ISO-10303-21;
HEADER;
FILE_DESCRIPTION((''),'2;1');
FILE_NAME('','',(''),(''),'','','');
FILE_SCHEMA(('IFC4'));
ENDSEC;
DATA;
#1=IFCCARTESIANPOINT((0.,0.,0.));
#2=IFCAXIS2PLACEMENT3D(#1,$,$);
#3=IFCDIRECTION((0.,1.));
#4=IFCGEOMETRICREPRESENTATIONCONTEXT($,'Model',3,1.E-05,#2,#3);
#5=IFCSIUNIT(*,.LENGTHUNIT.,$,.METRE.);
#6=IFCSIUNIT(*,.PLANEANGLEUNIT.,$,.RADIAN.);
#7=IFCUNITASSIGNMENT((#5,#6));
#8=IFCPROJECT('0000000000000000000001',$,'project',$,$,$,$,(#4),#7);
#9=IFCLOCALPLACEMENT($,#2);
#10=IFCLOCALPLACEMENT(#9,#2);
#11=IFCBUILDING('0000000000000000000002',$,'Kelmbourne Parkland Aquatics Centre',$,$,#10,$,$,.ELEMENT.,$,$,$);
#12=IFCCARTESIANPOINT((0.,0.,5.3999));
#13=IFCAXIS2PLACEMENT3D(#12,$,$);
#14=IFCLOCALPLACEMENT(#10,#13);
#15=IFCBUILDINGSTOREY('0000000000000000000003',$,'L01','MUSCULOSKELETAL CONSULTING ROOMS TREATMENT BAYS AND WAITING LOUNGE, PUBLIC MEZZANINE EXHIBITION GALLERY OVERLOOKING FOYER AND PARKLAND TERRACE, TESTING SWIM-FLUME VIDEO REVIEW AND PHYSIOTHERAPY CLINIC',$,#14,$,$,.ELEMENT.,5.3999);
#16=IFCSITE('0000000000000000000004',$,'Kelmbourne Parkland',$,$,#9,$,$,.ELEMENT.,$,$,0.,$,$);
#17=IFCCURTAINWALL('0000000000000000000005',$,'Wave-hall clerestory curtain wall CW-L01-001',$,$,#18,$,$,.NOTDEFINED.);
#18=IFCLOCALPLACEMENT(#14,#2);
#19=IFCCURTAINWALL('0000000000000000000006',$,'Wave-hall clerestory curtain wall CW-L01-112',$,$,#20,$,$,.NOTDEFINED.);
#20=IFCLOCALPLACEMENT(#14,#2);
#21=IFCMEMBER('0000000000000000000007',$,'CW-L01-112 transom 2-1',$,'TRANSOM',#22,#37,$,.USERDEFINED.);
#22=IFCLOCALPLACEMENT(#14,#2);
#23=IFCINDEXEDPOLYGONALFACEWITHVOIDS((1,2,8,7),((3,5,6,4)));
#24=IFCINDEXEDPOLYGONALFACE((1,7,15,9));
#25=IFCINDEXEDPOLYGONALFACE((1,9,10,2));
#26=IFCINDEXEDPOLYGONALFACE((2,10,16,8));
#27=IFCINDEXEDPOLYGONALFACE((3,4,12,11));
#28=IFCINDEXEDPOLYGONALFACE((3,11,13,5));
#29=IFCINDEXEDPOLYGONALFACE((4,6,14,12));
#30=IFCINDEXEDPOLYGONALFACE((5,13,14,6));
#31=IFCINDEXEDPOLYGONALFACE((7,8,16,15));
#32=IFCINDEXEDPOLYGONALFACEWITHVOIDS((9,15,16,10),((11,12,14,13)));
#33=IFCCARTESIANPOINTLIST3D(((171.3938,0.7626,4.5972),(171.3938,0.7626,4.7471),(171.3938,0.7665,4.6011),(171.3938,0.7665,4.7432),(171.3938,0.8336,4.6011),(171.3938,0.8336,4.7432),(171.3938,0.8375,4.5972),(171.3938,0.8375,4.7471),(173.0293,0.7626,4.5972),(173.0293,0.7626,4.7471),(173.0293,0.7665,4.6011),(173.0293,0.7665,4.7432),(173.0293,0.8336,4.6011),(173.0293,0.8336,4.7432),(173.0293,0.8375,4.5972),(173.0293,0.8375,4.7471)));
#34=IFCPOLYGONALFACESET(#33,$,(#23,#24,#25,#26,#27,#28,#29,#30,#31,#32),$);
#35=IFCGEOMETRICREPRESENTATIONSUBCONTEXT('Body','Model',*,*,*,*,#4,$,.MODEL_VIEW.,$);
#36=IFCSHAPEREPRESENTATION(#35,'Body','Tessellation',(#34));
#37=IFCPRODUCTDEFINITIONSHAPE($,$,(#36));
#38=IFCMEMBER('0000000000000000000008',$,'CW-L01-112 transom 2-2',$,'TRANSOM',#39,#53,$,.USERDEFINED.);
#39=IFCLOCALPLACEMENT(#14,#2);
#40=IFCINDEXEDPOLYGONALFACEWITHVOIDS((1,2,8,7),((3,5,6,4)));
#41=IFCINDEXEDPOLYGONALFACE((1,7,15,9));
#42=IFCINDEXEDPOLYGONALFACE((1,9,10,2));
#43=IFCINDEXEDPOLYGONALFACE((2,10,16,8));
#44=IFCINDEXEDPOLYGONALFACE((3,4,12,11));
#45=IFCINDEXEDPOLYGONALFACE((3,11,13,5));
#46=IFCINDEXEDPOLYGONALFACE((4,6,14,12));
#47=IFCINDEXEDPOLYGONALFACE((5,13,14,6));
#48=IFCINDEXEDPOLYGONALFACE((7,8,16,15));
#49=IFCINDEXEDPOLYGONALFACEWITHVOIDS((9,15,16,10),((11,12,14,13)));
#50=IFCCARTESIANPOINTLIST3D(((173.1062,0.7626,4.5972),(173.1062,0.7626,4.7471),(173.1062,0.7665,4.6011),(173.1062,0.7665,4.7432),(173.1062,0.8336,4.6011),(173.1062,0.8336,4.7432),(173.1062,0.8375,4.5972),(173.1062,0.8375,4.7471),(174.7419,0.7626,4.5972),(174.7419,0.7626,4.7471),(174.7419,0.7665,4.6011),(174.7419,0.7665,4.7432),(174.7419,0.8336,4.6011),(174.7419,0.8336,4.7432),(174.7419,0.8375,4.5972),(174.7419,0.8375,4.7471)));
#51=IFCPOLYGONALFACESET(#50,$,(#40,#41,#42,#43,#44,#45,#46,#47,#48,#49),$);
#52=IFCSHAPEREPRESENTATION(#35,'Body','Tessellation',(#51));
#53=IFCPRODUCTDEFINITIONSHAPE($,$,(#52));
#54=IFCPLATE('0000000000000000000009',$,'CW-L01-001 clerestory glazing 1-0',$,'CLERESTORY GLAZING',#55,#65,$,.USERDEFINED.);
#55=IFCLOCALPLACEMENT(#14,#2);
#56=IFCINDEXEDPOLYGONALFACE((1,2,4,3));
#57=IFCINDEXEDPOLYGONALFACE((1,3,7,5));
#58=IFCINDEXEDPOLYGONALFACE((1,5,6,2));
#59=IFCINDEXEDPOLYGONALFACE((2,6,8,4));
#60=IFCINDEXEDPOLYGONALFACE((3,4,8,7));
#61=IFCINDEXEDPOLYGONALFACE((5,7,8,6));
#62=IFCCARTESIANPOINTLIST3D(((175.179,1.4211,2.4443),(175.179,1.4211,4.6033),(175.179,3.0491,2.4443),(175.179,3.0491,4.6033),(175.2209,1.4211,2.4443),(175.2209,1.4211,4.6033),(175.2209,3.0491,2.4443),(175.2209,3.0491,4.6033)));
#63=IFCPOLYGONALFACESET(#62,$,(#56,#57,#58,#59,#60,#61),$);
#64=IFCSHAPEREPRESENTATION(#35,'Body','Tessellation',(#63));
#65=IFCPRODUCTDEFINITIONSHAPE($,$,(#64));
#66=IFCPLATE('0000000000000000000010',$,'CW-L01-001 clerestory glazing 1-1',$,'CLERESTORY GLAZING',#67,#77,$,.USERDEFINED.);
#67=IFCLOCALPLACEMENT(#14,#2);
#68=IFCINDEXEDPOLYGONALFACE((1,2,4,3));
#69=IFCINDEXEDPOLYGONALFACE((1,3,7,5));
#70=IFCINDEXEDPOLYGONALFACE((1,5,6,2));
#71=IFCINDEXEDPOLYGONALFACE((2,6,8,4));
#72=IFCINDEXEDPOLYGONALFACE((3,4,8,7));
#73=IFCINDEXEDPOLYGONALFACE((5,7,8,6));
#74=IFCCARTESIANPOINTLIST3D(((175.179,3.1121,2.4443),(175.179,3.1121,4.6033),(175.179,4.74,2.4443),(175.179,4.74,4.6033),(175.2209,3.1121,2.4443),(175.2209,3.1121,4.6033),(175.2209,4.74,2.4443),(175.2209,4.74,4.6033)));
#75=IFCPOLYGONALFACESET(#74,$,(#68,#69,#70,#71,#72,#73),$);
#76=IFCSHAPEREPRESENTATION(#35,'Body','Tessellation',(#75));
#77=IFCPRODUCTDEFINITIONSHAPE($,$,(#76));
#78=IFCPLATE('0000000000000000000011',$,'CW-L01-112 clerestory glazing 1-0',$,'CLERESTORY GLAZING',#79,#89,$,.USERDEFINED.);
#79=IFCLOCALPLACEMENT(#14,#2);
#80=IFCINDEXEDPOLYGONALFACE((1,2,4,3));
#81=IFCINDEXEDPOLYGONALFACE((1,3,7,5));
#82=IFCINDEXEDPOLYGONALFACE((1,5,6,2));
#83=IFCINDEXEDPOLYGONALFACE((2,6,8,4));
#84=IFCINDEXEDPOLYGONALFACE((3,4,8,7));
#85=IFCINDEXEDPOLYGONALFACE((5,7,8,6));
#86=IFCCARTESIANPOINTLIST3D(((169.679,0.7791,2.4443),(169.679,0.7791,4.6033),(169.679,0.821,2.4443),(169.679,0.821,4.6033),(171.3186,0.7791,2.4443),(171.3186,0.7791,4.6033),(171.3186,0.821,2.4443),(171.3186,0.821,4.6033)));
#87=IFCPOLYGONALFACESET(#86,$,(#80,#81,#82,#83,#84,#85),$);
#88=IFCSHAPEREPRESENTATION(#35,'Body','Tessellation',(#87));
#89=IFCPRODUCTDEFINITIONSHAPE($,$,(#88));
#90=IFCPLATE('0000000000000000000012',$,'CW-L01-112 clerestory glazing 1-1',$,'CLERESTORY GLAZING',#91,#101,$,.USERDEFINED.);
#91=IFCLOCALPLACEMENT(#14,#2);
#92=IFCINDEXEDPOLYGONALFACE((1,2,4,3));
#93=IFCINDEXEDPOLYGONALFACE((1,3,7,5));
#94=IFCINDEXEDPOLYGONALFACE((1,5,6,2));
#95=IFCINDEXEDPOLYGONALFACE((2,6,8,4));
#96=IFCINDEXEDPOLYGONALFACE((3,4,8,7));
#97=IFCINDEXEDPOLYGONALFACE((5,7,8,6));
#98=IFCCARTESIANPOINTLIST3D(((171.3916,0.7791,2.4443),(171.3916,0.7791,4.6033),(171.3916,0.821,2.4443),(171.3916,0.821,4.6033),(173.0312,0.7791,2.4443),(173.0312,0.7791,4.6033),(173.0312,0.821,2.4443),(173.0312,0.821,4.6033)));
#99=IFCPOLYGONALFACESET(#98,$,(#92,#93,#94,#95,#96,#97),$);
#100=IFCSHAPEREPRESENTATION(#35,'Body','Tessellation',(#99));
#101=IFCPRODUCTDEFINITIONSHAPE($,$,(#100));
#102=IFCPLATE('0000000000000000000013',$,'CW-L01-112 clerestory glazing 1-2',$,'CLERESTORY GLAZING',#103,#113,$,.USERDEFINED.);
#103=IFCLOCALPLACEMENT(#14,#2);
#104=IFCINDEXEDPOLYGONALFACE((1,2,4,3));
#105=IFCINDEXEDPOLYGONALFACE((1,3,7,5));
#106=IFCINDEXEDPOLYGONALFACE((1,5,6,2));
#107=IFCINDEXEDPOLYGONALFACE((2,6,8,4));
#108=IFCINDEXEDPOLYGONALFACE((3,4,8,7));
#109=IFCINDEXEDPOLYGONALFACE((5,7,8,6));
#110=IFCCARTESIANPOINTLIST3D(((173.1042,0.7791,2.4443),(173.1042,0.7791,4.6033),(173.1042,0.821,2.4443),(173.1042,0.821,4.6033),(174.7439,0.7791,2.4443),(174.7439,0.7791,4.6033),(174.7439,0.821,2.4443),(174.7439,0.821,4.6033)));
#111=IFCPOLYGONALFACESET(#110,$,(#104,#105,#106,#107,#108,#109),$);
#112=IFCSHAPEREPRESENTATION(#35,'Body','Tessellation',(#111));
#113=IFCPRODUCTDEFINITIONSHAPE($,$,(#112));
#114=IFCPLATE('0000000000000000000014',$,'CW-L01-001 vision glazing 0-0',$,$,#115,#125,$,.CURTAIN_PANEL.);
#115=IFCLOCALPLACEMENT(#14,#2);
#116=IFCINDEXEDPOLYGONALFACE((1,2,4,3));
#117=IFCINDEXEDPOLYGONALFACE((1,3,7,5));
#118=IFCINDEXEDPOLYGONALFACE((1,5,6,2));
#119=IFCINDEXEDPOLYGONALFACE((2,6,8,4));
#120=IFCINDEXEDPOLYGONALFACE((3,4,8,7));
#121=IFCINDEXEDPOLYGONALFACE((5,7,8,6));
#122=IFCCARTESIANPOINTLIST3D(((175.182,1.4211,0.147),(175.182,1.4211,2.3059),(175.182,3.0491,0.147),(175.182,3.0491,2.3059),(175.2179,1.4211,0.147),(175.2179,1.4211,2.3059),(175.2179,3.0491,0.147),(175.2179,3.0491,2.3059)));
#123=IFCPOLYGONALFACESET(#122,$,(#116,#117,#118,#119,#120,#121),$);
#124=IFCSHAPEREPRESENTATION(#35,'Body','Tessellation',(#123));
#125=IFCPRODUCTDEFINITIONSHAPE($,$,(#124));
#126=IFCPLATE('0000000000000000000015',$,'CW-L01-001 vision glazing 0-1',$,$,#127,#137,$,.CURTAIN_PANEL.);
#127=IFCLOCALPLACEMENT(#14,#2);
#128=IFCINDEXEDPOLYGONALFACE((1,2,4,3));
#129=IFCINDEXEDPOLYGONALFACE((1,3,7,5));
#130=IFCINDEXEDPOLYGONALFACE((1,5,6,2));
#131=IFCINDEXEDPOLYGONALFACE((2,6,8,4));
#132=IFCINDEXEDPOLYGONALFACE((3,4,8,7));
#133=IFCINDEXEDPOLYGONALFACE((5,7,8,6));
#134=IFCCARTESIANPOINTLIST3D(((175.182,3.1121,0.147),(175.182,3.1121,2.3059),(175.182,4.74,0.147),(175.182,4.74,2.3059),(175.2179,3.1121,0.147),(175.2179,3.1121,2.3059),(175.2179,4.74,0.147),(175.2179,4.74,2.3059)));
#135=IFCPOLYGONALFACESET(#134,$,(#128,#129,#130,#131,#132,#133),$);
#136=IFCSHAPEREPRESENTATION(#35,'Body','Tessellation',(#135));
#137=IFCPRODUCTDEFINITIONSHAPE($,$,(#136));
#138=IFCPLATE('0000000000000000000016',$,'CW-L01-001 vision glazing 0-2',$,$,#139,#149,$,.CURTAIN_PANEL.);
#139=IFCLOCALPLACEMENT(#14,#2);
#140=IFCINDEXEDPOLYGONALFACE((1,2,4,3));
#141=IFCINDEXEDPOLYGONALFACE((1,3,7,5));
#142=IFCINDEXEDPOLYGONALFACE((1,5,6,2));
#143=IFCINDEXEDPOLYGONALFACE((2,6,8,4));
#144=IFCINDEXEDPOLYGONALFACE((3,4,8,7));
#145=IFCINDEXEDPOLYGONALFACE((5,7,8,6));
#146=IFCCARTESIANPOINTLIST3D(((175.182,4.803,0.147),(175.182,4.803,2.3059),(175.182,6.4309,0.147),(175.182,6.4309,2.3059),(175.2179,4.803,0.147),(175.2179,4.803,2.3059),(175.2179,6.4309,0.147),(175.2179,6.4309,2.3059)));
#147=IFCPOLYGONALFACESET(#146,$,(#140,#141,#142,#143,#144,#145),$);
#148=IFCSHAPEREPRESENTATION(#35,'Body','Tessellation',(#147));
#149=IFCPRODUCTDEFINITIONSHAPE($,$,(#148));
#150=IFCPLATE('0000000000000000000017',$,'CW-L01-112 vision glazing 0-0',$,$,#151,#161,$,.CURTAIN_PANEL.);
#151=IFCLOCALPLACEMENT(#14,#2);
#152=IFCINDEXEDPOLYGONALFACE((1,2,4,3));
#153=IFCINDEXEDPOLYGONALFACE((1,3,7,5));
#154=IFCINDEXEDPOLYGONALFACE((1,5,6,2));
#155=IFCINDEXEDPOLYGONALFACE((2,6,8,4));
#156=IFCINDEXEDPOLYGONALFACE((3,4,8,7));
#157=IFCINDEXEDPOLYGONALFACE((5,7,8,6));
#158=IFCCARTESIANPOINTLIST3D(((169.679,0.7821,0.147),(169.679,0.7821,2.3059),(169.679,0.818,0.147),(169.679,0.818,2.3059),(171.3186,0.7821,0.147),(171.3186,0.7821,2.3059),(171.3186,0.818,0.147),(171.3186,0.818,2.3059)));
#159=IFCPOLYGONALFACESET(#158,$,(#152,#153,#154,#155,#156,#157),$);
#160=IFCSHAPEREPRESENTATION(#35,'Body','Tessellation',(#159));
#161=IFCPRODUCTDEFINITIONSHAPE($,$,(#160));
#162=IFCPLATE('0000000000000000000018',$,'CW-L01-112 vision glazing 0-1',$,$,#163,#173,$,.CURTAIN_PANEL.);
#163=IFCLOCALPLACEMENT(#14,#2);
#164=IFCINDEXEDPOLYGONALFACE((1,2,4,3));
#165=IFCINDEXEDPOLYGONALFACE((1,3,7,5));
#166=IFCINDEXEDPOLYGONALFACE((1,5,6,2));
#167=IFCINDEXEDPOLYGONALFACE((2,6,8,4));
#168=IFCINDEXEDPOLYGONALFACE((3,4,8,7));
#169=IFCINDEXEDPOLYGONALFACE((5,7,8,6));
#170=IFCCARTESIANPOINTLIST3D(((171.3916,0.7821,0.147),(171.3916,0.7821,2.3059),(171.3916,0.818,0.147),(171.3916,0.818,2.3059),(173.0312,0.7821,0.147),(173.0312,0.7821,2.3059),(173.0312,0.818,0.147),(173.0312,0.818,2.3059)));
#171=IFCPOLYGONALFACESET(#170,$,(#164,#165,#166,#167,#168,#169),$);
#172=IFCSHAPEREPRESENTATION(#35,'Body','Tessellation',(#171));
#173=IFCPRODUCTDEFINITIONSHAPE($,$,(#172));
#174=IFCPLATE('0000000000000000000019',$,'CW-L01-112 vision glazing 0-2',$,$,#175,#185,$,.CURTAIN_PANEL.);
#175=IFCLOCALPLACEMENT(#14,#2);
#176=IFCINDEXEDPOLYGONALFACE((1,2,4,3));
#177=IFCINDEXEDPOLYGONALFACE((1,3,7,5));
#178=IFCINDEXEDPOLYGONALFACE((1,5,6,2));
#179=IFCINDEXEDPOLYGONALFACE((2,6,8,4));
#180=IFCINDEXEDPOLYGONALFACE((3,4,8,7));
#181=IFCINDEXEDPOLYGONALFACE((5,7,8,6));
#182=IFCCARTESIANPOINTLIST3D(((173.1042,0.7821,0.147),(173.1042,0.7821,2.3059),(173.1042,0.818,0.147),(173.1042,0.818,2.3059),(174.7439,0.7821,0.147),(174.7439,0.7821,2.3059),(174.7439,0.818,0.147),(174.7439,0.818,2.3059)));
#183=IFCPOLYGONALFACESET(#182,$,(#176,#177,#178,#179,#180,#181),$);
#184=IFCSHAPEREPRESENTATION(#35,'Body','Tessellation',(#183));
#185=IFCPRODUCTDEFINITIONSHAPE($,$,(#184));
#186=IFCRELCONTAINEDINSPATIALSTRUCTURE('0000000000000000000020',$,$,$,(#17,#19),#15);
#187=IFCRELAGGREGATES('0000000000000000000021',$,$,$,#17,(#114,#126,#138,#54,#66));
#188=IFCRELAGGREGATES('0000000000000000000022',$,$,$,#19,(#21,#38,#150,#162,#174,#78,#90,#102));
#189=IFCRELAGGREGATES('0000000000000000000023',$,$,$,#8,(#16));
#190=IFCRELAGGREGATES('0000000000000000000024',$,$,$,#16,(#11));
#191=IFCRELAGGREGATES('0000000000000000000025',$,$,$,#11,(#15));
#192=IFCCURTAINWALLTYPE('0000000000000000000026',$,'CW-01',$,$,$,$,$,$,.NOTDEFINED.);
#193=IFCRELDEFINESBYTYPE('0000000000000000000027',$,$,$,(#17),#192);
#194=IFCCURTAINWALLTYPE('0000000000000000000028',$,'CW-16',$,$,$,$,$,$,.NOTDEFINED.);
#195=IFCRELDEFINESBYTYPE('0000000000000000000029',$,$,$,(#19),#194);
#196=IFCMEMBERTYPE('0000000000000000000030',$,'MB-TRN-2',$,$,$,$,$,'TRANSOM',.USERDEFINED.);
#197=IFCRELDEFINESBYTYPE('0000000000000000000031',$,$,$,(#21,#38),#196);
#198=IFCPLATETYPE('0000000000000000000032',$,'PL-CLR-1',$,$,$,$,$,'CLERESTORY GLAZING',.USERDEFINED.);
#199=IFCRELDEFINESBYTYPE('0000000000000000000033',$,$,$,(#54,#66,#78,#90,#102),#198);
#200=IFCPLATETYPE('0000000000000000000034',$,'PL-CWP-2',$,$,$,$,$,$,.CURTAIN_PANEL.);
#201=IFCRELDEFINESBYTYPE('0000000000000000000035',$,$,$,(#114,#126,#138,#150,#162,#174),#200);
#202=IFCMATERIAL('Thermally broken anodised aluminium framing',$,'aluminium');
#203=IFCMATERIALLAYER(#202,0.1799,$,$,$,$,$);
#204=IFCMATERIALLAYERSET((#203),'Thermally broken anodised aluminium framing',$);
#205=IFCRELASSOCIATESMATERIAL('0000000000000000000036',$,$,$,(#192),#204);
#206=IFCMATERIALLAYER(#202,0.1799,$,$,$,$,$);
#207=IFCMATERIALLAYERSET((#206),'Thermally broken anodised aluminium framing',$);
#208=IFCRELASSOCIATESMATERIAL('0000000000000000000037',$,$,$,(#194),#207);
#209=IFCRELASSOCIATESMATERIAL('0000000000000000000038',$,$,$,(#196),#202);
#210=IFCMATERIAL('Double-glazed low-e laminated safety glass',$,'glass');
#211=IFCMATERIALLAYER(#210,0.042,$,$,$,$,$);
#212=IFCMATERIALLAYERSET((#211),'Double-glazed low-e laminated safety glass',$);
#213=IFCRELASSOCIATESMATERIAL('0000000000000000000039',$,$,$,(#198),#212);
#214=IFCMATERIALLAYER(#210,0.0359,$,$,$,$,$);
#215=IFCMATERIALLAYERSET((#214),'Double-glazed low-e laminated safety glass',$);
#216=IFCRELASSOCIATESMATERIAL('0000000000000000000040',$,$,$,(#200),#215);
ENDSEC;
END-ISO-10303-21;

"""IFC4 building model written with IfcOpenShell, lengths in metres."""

from ifc_helpers import new_model, si_unit, direction, frame, origin, origin_2d, place, context, subcontext, project, spatial, rectangle, hollow_rectangle, extrude, material, layer, layer_set, material_profile, profile_set, type_object, element, aggregate, save


model = new_model("IFC4")

# Units and contexts
model_context = context("Model", 3, precision=1e-05, world=origin(), true_north=direction((0.0, 1.0)))
body_context = subcontext(model_context, "Body", "Model", "MODEL_VIEW")
ifc_project = project(units=[si_unit("LENGTHUNIT", "METRE"), si_unit("PLANEANGLEUNIT", "RADIAN")], contexts=[model_context])

# Site, building, storey
site_placement = place(None, origin())
site = spatial("IfcSite", under=ifc_project, at=site_placement, Name="Kelmbourne Parkland", CompositionType="ELEMENT", RefElevation=0.0)
building_placement = place(site_placement, origin())
building = spatial("IfcBuilding", under=site, at=building_placement, Name="Kelmbourne Parkland Aquatics Centre", CompositionType="ELEMENT")
storey_placement = place(building_placement, frame((0.0, 0.0, 5.3999)))
storey = spatial("IfcBuildingStorey", under=building, at=storey_placement, Name="L01", Description="MUSCULOSKELETAL CONSULTING ROOMS TREATMENT BAYS AND WAITING LOUNGE, PUBLIC MEZZANINE EXHIBITION GALLERY OVERLOOKING FOYER AND PARKLAND TERRACE, TESTING SWIM-FLUME VIDEO REVIEW AND PHYSIOTHERAPY CLINIC", CompositionType="ELEMENT", Elevation=5.3999)

# Curtain walls
ifc_material_1 = material(Name="Thermally broken anodised aluminium framing", Category="aluminium")
ifc_layer_1 = layer(ifc_material_1, 0.1799)
ifc_layer_set_1 = layer_set([ifc_layer_1], Name="Thermally broken anodised aluminium framing")
curtain_wall_type_1 = type_object("IfcCurtainWallType", Name="CW-01", PredefinedType="NOTDEFINED", material=ifc_layer_set_1)
curtain_wall_1_placement = place(storey_placement, origin())
curtain_wall_1 = element("IfcCurtainWall", 1, at=curtain_wall_1_placement, inside=storey, type_object=curtain_wall_type_1, Name="Wave-hall clerestory curtain wall CW-L01-001", PredefinedType="NOTDEFINED")
ifc_layer_2 = layer(ifc_material_1, 0.1799)
ifc_layer_set_2 = layer_set([ifc_layer_2], Name="Thermally broken anodised aluminium framing")
curtain_wall_type_2 = type_object("IfcCurtainWallType", Name="CW-16", PredefinedType="NOTDEFINED", material=ifc_layer_set_2)
curtain_wall_2_placement = place(storey_placement, origin())
curtain_wall_2 = element("IfcCurtainWall", 2, at=curtain_wall_2_placement, inside=storey, type_object=curtain_wall_type_2, Name="Wave-hall clerestory curtain wall CW-L01-112", PredefinedType="NOTDEFINED")

# Members
ifc_material_profile_1 = material_profile(ifc_material_1, hollow_rectangle(XDim=0.075, YDim=0.1499, WallThickness=0.0039, at=origin_2d()), Name="CW-T 75x150")
ifc_profile_set_1 = profile_set([ifc_material_profile_1], Name="Thermally broken anodised aluminium framing")
member_type_1 = type_object("IfcMemberType", Name="MB-TRN-2", ElementType="TRANSOM", PredefinedType="USERDEFINED", material=ifc_profile_set_1)
member_1_placement = place(storey_placement, frame((171.3938, 0.8, 4.6721), z_axis=(1.0, 0.0, 0.0), x_axis=(0.0, 1.0, 0.0)))
member_1 = element("IfcMember", 3, at=member_1_placement, type_object=member_type_1, Name="CW-L01-112 transom 2-1", ObjectType="TRANSOM", PredefinedType="USERDEFINED", context=body_context, shape_type="SweptSolid", body=[
    extrude(hollow_rectangle(XDim=0.075, YDim=0.1499, WallThickness=0.0039, at=origin_2d()), origin(), (0.0, 0.0, 1.0), 1.6355),
])
member_2_placement = place(storey_placement, frame((173.1062, 0.8, 4.6721), z_axis=(1.0, 0.0, 0.0), x_axis=(0.0, 1.0, 0.0)))
member_2 = element("IfcMember", 4, at=member_2_placement, type_object=member_type_1, Name="CW-L01-112 transom 2-2", ObjectType="TRANSOM", PredefinedType="USERDEFINED", context=body_context, shape_type="SweptSolid", body=[
    extrude(hollow_rectangle(XDim=0.075, YDim=0.1499, WallThickness=0.0039, at=origin_2d()), origin(), (0.0, 0.0, 1.0), 1.6357),
])

# Plates
ifc_material_2 = material(Name="Double-glazed low-e laminated safety glass", Category="glass")
ifc_layer_3 = layer(ifc_material_2, 0.042)
ifc_layer_set_3 = layer_set([ifc_layer_3], Name="Double-glazed low-e laminated safety glass")
plate_type_1 = type_object("IfcPlateType", Name="PL-CLR-1", ElementType="CLERESTORY GLAZING", PredefinedType="USERDEFINED", material=ifc_layer_set_3)
plate_1_placement = place(storey_placement, frame((175.2, 2.2351, 2.4443), z_axis=(0.0, 0.0, 1.0), x_axis=(0.0, 1.0, 0.0)))
plate_1 = element("IfcPlate", 5, at=plate_1_placement, type_object=plate_type_1, Name="CW-L01-001 clerestory glazing 1-0", ObjectType="CLERESTORY GLAZING", PredefinedType="USERDEFINED", context=body_context, shape_type="SweptSolid", body=[
    extrude(rectangle(XDim=1.6279, YDim=0.042, at=origin_2d()), origin(), (0.0, 0.0, 1.0), 2.1589),
])
plate_2_placement = place(storey_placement, frame((175.2, 3.926, 2.4443), z_axis=(0.0, 0.0, 1.0), x_axis=(0.0, 1.0, 0.0)))
plate_2 = element("IfcPlate", 6, at=plate_2_placement, type_object=plate_type_1, Name="CW-L01-001 clerestory glazing 1-1", ObjectType="CLERESTORY GLAZING", PredefinedType="USERDEFINED", context=body_context, shape_type="SweptSolid", body=[
    extrude(rectangle(XDim=1.6279, YDim=0.042, at=origin_2d()), origin(), (0.0, 0.0, 1.0), 2.1589),
])
plate_3_placement = place(storey_placement, frame((170.4988, 0.8, 2.4443), z_axis=(0.0, 0.0, 1.0), x_axis=(1.0, 0.0, 0.0)))
plate_3 = element("IfcPlate", 7, at=plate_3_placement, type_object=plate_type_1, Name="CW-L01-112 clerestory glazing 1-0", ObjectType="CLERESTORY GLAZING", PredefinedType="USERDEFINED", context=body_context, shape_type="SweptSolid", body=[
    extrude(rectangle(XDim=1.6396, YDim=0.042, at=origin_2d()), origin(), (0.0, 0.0, 1.0), 2.1589),
])
plate_4_placement = place(storey_placement, frame((172.2114, 0.8, 2.4443), z_axis=(0.0, 0.0, 1.0), x_axis=(1.0, 0.0, 0.0)))
plate_4 = element("IfcPlate", 8, at=plate_4_placement, type_object=plate_type_1, Name="CW-L01-112 clerestory glazing 1-1", ObjectType="CLERESTORY GLAZING", PredefinedType="USERDEFINED", context=body_context, shape_type="SweptSolid", body=[
    extrude(rectangle(XDim=1.6396, YDim=0.042, at=origin_2d()), origin(), (0.0, 0.0, 1.0), 2.1589),
])
plate_5_placement = place(storey_placement, frame((173.9241, 0.8, 2.4443), z_axis=(0.0, 0.0, 1.0), x_axis=(1.0, 0.0, 0.0)))
plate_5 = element("IfcPlate", 9, at=plate_5_placement, type_object=plate_type_1, Name="CW-L01-112 clerestory glazing 1-2", ObjectType="CLERESTORY GLAZING", PredefinedType="USERDEFINED", context=body_context, shape_type="SweptSolid", body=[
    extrude(rectangle(XDim=1.6396, YDim=0.042, at=origin_2d()), origin(), (0.0, 0.0, 1.0), 2.1589),
])
ifc_layer_4 = layer(ifc_material_2, 0.0359)
ifc_layer_set_4 = layer_set([ifc_layer_4], Name="Double-glazed low-e laminated safety glass")
plate_type_2 = type_object("IfcPlateType", Name="PL-CWP-2", PredefinedType="CURTAIN_PANEL", material=ifc_layer_set_4)
plate_6_placement = place(storey_placement, frame((175.2, 2.2351, 0.147), z_axis=(0.0, 0.0, 1.0), x_axis=(0.0, 1.0, 0.0)))
plate_6 = element("IfcPlate", 10, at=plate_6_placement, type_object=plate_type_2, Name="CW-L01-001 vision glazing 0-0", PredefinedType="CURTAIN_PANEL", context=body_context, shape_type="SweptSolid", body=[
    extrude(rectangle(XDim=1.6279, YDim=0.0359, at=origin_2d()), origin(), (0.0, 0.0, 1.0), 2.1589),
])
plate_7_placement = place(storey_placement, frame((175.2, 3.926, 0.147), z_axis=(0.0, 0.0, 1.0), x_axis=(0.0, 1.0, 0.0)))
plate_7 = element("IfcPlate", 11, at=plate_7_placement, type_object=plate_type_2, Name="CW-L01-001 vision glazing 0-1", PredefinedType="CURTAIN_PANEL", context=body_context, shape_type="SweptSolid", body=[
    extrude(rectangle(XDim=1.6279, YDim=0.0359, at=origin_2d()), origin(), (0.0, 0.0, 1.0), 2.1589),
])
plate_8_placement = place(storey_placement, frame((175.2, 5.6169, 0.147), z_axis=(0.0, 0.0, 1.0), x_axis=(0.0, 1.0, 0.0)))
plate_8 = element("IfcPlate", 12, at=plate_8_placement, type_object=plate_type_2, Name="CW-L01-001 vision glazing 0-2", PredefinedType="CURTAIN_PANEL", context=body_context, shape_type="SweptSolid", body=[
    extrude(rectangle(XDim=1.6279, YDim=0.0359, at=origin_2d()), origin(), (0.0, 0.0, 1.0), 2.1589),
])
aggregate(curtain_wall_1, [plate_6, plate_7, plate_8, plate_1, plate_2])
plate_9_placement = place(storey_placement, frame((170.4988, 0.8, 0.147), z_axis=(0.0, 0.0, 1.0), x_axis=(1.0, 0.0, 0.0)))
plate_9 = element("IfcPlate", 13, at=plate_9_placement, type_object=plate_type_2, Name="CW-L01-112 vision glazing 0-0", PredefinedType="CURTAIN_PANEL", context=body_context, shape_type="SweptSolid", body=[
    extrude(rectangle(XDim=1.6396, YDim=0.0359, at=origin_2d()), origin(), (0.0, 0.0, 1.0), 2.1589),
])
plate_10_placement = place(storey_placement, frame((172.2114, 0.8, 0.147), z_axis=(0.0, 0.0, 1.0), x_axis=(1.0, 0.0, 0.0)))
plate_10 = element("IfcPlate", 14, at=plate_10_placement, type_object=plate_type_2, Name="CW-L01-112 vision glazing 0-1", PredefinedType="CURTAIN_PANEL", context=body_context, shape_type="SweptSolid", body=[
    extrude(rectangle(XDim=1.6396, YDim=0.0359, at=origin_2d()), origin(), (0.0, 0.0, 1.0), 2.1589),
])
plate_11_placement = place(storey_placement, frame((173.9241, 0.8, 0.147), z_axis=(0.0, 0.0, 1.0), x_axis=(1.0, 0.0, 0.0)))
plate_11 = element("IfcPlate", 15, at=plate_11_placement, type_object=plate_type_2, Name="CW-L01-112 vision glazing 0-2", PredefinedType="CURTAIN_PANEL", context=body_context, shape_type="SweptSolid", body=[
    extrude(rectangle(XDim=1.6396, YDim=0.0359, at=origin_2d()), origin(), (0.0, 0.0, 1.0), 2.1589),
])
aggregate(curtain_wall_2, [member_1, member_2, plate_9, plate_10, plate_11, plate_3, plate_4, plate_5])

save(model, "model.ifc")
